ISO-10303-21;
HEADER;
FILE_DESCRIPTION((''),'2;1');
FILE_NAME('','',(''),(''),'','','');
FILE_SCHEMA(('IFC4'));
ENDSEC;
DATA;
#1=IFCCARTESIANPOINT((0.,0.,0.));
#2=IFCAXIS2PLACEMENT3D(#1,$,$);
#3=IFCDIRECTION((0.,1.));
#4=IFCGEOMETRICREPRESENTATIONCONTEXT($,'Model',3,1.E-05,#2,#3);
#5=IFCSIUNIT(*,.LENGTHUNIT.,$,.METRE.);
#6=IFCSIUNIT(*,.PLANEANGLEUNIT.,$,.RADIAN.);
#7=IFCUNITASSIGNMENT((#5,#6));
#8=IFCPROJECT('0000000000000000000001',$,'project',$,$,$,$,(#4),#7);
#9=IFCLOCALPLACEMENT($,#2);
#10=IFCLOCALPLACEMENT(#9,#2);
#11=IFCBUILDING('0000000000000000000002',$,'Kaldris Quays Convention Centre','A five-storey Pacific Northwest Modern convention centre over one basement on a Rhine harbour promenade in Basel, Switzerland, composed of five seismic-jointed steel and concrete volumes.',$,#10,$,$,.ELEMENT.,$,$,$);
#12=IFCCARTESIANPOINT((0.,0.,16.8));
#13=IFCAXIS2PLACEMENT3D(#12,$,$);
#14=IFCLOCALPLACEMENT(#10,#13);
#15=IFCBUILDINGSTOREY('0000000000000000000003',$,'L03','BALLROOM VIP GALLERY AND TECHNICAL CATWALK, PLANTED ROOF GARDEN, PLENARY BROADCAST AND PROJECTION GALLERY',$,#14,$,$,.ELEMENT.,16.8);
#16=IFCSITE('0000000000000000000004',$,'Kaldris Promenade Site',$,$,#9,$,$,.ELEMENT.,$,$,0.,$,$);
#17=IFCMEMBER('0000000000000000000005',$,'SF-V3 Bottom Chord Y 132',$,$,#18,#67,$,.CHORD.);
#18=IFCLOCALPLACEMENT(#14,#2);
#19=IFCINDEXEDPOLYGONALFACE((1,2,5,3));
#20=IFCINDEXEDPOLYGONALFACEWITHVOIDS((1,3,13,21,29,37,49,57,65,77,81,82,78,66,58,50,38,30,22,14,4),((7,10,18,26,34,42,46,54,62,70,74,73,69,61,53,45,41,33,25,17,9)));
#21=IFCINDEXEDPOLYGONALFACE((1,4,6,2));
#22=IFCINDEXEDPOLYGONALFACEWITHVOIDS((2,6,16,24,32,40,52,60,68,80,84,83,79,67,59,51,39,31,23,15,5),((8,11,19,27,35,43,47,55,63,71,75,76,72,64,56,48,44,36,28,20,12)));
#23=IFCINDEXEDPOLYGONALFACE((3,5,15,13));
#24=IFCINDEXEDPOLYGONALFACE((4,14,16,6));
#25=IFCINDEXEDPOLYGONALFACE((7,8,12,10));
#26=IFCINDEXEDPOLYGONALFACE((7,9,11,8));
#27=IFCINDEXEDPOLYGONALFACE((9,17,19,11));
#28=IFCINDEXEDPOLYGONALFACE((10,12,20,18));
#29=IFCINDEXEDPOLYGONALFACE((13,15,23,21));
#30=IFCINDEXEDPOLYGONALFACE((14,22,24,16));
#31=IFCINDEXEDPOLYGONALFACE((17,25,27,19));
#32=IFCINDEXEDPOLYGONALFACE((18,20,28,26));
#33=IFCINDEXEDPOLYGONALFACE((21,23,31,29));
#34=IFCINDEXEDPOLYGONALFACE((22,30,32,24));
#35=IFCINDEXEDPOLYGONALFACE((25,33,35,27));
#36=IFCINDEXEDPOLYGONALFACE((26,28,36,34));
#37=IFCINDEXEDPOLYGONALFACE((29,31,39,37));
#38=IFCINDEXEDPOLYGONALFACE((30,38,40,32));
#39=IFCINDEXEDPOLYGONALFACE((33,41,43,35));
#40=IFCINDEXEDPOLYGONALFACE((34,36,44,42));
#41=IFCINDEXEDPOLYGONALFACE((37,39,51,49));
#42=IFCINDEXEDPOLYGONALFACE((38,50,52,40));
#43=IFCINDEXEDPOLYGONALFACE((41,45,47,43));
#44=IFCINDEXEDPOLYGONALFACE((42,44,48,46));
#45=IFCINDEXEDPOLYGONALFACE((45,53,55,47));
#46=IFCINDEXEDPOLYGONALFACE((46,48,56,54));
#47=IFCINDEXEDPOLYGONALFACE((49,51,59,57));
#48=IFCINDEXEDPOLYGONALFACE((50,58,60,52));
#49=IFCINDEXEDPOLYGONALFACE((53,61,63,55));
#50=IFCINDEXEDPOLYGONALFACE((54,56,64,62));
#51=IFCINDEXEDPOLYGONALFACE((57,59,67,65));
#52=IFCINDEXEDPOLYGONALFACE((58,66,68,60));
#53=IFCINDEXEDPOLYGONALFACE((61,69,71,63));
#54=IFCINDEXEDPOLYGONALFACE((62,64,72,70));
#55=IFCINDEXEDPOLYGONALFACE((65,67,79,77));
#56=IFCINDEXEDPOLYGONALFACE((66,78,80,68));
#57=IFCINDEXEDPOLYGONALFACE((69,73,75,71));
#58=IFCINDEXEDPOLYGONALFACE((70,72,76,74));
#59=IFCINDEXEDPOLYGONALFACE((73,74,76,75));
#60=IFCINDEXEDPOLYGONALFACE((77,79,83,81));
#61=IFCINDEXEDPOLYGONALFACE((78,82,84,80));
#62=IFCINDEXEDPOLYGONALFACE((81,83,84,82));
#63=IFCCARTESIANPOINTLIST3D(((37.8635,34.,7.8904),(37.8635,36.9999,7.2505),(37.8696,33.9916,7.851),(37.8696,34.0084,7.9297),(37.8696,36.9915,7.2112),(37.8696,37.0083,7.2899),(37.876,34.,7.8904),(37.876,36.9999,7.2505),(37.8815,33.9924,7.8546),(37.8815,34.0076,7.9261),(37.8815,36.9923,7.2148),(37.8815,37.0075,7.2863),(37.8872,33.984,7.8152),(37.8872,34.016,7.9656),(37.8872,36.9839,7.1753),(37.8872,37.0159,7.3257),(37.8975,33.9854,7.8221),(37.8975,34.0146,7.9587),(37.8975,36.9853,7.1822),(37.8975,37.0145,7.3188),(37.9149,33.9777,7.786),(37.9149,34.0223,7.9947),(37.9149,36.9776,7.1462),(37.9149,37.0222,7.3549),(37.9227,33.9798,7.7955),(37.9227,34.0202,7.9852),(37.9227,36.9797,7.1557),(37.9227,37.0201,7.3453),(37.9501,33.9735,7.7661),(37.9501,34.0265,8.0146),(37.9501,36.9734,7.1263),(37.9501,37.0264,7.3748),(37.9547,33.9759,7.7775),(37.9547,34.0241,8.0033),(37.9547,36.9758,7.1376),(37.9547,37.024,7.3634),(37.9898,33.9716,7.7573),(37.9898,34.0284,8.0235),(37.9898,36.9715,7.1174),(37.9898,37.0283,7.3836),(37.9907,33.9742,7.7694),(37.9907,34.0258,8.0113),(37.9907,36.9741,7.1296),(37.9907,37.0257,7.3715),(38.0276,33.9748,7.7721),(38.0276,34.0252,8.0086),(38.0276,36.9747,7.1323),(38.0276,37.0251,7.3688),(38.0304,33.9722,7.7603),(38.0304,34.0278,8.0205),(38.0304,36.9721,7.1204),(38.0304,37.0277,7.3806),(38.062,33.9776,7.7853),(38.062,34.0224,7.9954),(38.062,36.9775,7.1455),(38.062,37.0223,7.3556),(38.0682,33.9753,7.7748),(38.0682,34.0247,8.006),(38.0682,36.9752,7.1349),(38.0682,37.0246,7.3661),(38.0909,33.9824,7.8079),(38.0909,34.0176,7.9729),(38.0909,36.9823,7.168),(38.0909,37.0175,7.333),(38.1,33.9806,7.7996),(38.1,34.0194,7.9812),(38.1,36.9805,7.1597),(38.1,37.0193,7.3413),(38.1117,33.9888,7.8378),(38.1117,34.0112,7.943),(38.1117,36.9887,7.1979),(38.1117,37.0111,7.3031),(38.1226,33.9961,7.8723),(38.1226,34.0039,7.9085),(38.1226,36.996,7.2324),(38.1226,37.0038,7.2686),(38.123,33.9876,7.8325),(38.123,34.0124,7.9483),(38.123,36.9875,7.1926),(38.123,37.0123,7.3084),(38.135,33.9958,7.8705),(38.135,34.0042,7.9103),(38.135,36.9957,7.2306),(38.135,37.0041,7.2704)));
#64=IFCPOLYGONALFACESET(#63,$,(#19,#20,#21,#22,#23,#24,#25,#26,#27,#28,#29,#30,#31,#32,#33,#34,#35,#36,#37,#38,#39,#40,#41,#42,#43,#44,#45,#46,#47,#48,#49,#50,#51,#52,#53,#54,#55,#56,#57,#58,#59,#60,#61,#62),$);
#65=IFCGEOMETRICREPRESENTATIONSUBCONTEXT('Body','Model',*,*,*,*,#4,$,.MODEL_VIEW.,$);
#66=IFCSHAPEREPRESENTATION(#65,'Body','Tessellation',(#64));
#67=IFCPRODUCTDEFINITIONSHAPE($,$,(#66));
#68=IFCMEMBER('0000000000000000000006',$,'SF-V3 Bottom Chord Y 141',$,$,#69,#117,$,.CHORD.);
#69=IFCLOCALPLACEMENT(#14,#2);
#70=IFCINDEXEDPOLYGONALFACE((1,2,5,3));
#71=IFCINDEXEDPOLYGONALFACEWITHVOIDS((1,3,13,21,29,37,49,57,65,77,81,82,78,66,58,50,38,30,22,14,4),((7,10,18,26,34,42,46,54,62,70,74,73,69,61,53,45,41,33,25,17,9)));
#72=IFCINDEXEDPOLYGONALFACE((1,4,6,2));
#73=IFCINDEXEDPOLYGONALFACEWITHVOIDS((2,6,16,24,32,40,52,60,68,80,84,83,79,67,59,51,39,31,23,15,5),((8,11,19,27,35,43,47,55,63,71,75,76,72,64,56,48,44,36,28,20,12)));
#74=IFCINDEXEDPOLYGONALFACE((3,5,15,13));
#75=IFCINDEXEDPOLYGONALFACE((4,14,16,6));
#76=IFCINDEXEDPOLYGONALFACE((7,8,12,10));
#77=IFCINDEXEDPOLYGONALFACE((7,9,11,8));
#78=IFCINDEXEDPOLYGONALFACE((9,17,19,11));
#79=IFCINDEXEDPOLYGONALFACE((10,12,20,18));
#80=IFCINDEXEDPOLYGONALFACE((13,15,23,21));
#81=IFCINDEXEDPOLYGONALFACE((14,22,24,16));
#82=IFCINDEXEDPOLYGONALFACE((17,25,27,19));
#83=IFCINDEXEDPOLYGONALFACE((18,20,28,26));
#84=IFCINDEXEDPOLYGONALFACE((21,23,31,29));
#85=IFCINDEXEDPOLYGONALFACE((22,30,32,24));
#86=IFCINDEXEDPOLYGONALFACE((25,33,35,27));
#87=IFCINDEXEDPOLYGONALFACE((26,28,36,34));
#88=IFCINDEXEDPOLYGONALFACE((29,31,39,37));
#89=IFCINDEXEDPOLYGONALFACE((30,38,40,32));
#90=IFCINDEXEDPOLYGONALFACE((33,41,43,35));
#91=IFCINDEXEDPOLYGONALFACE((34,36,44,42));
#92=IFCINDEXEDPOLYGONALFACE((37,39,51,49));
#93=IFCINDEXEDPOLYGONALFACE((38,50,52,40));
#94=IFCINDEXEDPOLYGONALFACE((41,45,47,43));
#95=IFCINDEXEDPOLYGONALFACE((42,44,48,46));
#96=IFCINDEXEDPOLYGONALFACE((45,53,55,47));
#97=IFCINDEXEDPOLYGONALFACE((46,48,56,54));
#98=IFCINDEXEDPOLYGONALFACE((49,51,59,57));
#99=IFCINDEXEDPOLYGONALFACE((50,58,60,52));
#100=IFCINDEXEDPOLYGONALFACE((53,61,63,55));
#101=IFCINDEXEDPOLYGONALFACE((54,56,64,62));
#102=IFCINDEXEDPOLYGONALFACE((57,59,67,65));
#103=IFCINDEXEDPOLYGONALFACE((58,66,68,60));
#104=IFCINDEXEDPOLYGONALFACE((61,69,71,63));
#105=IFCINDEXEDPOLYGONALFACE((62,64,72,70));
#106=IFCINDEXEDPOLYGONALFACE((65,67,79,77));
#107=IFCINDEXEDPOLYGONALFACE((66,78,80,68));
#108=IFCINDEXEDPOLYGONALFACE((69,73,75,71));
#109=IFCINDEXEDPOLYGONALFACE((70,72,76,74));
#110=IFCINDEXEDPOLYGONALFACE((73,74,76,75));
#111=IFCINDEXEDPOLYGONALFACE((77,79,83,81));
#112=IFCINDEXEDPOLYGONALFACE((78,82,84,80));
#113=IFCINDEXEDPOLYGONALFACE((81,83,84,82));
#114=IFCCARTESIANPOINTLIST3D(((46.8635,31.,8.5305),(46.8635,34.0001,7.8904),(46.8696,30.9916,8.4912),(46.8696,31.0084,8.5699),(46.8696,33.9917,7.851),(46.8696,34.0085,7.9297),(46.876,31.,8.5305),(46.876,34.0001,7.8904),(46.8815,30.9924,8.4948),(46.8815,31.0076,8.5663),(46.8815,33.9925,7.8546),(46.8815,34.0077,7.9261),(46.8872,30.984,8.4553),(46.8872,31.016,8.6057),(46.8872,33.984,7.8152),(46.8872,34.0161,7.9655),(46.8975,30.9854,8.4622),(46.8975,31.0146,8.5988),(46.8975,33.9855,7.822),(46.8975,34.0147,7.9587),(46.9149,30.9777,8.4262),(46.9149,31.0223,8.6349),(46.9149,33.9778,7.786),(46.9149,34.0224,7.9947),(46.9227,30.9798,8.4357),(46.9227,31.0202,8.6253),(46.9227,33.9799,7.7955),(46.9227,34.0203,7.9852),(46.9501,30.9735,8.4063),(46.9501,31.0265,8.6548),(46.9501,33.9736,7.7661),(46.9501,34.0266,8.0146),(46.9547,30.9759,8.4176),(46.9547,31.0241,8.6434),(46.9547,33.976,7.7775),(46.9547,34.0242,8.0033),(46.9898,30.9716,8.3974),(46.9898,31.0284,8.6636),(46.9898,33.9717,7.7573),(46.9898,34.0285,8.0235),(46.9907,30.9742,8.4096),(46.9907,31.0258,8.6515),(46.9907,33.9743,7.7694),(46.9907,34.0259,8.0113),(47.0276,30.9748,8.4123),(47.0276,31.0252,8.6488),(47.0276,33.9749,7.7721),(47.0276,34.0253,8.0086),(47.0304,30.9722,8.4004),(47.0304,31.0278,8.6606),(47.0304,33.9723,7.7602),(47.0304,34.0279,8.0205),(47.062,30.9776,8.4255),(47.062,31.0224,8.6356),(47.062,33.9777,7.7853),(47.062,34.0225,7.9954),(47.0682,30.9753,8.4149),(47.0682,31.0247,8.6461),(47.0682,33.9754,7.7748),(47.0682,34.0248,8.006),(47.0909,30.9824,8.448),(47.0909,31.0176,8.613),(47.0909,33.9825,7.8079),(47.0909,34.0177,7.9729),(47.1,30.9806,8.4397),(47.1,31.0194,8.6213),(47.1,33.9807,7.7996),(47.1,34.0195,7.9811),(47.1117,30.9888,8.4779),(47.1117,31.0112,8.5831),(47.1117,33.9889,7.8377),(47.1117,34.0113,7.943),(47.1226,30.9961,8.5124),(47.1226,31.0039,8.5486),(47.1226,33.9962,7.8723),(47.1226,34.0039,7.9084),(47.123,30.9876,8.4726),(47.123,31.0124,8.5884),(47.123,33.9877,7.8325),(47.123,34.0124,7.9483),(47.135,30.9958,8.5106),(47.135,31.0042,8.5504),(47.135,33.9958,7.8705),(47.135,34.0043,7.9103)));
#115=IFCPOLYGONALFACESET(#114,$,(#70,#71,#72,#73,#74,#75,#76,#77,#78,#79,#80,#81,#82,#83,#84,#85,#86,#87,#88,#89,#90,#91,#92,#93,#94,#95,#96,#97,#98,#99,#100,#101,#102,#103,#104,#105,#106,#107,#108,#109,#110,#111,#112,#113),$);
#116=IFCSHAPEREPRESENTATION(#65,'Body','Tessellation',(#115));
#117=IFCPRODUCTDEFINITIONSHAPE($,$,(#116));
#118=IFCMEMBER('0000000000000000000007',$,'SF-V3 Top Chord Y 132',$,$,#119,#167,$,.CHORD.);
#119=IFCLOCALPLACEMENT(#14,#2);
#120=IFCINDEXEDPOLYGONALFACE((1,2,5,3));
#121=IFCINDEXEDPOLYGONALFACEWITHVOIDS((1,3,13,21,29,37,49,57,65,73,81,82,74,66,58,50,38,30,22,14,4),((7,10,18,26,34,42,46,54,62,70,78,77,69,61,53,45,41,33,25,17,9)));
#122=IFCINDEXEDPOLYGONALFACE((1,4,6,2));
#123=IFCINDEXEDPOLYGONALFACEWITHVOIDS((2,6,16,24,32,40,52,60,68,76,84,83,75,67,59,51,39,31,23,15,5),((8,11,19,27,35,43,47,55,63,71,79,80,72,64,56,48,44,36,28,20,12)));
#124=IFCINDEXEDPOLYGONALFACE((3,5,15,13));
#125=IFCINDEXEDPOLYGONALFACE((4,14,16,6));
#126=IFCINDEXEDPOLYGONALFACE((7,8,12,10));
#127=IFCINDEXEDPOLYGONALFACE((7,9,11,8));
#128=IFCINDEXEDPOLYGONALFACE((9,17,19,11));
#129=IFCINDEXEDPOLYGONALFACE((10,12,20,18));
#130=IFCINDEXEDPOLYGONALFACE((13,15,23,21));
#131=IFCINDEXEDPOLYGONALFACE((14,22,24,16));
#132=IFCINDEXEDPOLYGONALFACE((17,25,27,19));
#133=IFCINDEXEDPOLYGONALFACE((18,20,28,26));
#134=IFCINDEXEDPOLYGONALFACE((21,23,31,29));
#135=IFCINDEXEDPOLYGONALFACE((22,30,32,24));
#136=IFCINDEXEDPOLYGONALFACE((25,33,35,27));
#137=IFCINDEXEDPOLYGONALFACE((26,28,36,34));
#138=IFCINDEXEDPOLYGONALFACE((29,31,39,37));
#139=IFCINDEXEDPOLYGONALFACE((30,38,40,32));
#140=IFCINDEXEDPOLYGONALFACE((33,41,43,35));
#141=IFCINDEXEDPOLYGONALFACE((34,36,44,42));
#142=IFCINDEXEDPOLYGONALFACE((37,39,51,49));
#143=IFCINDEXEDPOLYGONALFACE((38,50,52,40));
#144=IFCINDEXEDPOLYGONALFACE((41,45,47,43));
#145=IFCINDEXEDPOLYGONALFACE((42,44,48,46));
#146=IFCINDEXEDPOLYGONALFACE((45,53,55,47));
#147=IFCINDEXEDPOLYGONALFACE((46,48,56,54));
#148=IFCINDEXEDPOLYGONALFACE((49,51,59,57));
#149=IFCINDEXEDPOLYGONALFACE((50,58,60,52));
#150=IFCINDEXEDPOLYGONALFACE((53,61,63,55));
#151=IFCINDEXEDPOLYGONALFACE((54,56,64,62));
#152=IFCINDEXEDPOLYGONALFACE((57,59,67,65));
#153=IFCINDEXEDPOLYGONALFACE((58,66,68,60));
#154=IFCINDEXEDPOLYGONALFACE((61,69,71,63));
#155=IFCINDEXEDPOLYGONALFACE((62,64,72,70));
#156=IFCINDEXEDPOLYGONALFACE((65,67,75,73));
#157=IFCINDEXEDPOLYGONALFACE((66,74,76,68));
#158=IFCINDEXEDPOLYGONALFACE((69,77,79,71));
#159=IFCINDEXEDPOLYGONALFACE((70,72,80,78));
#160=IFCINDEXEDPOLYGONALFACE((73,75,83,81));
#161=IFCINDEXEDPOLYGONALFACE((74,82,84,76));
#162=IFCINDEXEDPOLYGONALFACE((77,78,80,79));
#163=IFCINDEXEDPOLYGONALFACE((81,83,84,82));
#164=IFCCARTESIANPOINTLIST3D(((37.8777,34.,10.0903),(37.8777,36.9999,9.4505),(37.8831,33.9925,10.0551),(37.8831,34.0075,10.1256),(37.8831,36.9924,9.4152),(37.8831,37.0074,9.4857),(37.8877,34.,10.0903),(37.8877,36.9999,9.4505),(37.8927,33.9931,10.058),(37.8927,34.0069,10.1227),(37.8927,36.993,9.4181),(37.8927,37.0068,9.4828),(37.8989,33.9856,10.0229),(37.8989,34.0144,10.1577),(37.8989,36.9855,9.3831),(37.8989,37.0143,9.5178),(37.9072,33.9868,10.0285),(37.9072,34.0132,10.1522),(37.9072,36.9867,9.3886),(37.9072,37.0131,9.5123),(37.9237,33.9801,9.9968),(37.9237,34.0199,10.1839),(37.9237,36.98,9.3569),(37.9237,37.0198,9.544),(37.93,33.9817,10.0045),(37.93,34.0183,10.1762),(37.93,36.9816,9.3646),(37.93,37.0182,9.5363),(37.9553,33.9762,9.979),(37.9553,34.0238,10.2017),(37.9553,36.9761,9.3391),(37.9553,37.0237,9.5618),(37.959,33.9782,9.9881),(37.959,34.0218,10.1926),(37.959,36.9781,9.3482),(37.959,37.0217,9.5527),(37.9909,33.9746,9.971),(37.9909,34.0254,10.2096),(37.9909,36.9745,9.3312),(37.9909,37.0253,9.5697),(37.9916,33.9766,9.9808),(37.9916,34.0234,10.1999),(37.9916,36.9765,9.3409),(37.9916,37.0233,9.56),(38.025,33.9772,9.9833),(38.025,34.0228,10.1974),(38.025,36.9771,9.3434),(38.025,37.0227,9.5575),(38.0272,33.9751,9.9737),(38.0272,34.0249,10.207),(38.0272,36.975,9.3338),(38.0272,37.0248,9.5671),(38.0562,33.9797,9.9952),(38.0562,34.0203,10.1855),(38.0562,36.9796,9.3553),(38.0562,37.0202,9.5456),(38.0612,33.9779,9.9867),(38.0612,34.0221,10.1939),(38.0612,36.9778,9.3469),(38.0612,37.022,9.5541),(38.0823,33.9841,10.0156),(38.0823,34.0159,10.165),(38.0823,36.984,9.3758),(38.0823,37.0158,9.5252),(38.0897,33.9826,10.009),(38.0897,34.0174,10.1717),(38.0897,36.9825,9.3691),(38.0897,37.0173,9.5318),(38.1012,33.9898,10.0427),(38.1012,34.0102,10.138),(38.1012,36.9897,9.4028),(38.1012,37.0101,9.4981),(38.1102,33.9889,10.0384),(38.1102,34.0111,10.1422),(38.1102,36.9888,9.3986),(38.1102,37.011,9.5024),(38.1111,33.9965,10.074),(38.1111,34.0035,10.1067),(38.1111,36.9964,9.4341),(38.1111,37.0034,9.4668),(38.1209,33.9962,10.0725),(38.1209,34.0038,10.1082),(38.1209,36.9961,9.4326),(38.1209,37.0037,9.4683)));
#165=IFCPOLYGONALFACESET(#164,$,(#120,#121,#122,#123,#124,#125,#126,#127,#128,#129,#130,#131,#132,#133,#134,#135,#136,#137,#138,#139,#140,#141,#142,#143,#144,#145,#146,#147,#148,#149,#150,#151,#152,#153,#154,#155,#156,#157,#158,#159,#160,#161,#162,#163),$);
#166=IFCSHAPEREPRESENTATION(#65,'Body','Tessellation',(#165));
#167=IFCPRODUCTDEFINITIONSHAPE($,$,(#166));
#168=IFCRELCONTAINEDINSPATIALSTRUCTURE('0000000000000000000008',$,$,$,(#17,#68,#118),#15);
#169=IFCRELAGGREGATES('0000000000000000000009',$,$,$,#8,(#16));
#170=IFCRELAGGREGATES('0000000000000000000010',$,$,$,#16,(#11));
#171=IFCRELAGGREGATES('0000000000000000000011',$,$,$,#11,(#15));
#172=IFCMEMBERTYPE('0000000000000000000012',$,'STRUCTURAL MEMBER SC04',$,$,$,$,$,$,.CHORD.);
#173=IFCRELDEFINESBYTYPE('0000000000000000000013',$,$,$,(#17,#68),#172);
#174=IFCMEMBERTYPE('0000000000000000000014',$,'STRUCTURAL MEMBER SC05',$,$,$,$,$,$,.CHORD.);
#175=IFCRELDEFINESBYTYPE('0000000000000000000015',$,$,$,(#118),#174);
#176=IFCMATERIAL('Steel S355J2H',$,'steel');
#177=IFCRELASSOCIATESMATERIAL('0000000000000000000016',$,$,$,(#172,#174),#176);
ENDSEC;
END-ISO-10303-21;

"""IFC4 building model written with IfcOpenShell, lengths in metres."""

from ifc_helpers import new_model, si_unit, direction, frame, origin, origin_2d, place, context, subcontext, project, spatial, hollow_circle, extrude, material, material_profile, profile_set, type_object, element, save


model = new_model("IFC4")

# Units and contexts
model_context = context("Model", 3, precision=1e-05, world=origin(), true_north=direction((0.0, 1.0)))
body_context = subcontext(model_context, "Body", "Model", "MODEL_VIEW")
ifc_project = project(units=[si_unit("LENGTHUNIT", "METRE"), si_unit("PLANEANGLEUNIT", "RADIAN")], contexts=[model_context])

# Site, building, storey
site_placement = place(None, origin())
site = spatial("IfcSite", under=ifc_project, at=site_placement, Name="Kaldris Promenade Site", CompositionType="ELEMENT", RefElevation=0.0)
building_placement = place(site_placement, origin())
building = spatial("IfcBuilding", under=site, at=building_placement, Name="Kaldris Quays Convention Centre", Description="A five-storey Pacific Northwest Modern convention centre over one basement on a Rhine harbour promenade in Basel, Switzerland, composed of five seismic-jointed steel and concrete volumes.", CompositionType="ELEMENT")
storey_placement = place(building_placement, frame((0.0, 0.0, 16.8)))
storey = spatial("IfcBuildingStorey", under=building, at=storey_placement, Name="L03", Description="BALLROOM VIP GALLERY AND TECHNICAL CATWALK, PLANTED ROOF GARDEN, PLENARY BROADCAST AND PROJECTION GALLERY", CompositionType="ELEMENT", Elevation=16.8)

# Members
ifc_material_1 = material(Name="Steel S355J2H", Category="steel")
ifc_material_profile_1 = material_profile(ifc_material_1, hollow_circle(Radius=0.1365, WallThickness=0.0125, at=origin_2d()), Name="CHS 273x12.5")
ifc_profile_set_1 = profile_set([ifc_material_profile_1], Name="Steel S355J2H")
member_type_1 = type_object("IfcMemberType", Name="STRUCTURAL MEMBER SC04", PredefinedType="CHORD", material=ifc_profile_set_1)
member_1_placement = place(storey_placement, frame((38.0, 34.0, 7.8904), z_axis=(0.0, 0.978, -0.208605), x_axis=(-1.0, 0.0, 0.0)))
element("IfcMember", 1, at=member_1_placement, inside=storey, type_object=member_type_1, Name="SF-V3 Bottom Chord Y 132", PredefinedType="CHORD", context=body_context, shape_type="SweptSolid", body=[
    extrude(hollow_circle(Radius=0.1365, WallThickness=0.0125, at=origin_2d()), origin(), (0.0, 0.0, 1.0), 3.0674),
])
member_2_placement = place(storey_placement, frame((47.0, 31.0, 8.5305), z_axis=(0.0, 0.977984, -0.208681), x_axis=(-1.0, 0.0, 0.0)))
element("IfcMember", 2, at=member_2_placement, inside=storey, type_object=member_type_1, Name="SF-V3 Bottom Chord Y 141", PredefinedType="CHORD", context=body_context, shape_type="SweptSolid", body=[
    extrude(hollow_circle(Radius=0.1365, WallThickness=0.0125, at=origin_2d()), origin(), (0.0, 0.0, 1.0), 3.0676),
])
ifc_material_profile_2 = material_profile(ifc_material_1, hollow_circle(Radius=0.1223, WallThickness=0.01, at=origin_2d()), Name="CHS 244.5x10")
ifc_profile_set_2 = profile_set([ifc_material_profile_2], Name="Steel S355J2H")
member_type_2 = type_object("IfcMemberType", Name="STRUCTURAL MEMBER SC05", PredefinedType="CHORD", material=ifc_profile_set_2)
member_3_placement = place(storey_placement, frame((38.0, 34.0, 10.0903), z_axis=(0.0, 0.978, -0.208605), x_axis=(-1.0, 0.0, 0.0)))
element("IfcMember", 3, at=member_3_placement, inside=storey, type_object=member_type_2, Name="SF-V3 Top Chord Y 132", PredefinedType="CHORD", context=body_context, shape_type="SweptSolid", body=[
    extrude(hollow_circle(Radius=0.1223, WallThickness=0.01, at=origin_2d()), origin(), (0.0, 0.0, 1.0), 3.0674),
])

save(model, "model.ifc")
